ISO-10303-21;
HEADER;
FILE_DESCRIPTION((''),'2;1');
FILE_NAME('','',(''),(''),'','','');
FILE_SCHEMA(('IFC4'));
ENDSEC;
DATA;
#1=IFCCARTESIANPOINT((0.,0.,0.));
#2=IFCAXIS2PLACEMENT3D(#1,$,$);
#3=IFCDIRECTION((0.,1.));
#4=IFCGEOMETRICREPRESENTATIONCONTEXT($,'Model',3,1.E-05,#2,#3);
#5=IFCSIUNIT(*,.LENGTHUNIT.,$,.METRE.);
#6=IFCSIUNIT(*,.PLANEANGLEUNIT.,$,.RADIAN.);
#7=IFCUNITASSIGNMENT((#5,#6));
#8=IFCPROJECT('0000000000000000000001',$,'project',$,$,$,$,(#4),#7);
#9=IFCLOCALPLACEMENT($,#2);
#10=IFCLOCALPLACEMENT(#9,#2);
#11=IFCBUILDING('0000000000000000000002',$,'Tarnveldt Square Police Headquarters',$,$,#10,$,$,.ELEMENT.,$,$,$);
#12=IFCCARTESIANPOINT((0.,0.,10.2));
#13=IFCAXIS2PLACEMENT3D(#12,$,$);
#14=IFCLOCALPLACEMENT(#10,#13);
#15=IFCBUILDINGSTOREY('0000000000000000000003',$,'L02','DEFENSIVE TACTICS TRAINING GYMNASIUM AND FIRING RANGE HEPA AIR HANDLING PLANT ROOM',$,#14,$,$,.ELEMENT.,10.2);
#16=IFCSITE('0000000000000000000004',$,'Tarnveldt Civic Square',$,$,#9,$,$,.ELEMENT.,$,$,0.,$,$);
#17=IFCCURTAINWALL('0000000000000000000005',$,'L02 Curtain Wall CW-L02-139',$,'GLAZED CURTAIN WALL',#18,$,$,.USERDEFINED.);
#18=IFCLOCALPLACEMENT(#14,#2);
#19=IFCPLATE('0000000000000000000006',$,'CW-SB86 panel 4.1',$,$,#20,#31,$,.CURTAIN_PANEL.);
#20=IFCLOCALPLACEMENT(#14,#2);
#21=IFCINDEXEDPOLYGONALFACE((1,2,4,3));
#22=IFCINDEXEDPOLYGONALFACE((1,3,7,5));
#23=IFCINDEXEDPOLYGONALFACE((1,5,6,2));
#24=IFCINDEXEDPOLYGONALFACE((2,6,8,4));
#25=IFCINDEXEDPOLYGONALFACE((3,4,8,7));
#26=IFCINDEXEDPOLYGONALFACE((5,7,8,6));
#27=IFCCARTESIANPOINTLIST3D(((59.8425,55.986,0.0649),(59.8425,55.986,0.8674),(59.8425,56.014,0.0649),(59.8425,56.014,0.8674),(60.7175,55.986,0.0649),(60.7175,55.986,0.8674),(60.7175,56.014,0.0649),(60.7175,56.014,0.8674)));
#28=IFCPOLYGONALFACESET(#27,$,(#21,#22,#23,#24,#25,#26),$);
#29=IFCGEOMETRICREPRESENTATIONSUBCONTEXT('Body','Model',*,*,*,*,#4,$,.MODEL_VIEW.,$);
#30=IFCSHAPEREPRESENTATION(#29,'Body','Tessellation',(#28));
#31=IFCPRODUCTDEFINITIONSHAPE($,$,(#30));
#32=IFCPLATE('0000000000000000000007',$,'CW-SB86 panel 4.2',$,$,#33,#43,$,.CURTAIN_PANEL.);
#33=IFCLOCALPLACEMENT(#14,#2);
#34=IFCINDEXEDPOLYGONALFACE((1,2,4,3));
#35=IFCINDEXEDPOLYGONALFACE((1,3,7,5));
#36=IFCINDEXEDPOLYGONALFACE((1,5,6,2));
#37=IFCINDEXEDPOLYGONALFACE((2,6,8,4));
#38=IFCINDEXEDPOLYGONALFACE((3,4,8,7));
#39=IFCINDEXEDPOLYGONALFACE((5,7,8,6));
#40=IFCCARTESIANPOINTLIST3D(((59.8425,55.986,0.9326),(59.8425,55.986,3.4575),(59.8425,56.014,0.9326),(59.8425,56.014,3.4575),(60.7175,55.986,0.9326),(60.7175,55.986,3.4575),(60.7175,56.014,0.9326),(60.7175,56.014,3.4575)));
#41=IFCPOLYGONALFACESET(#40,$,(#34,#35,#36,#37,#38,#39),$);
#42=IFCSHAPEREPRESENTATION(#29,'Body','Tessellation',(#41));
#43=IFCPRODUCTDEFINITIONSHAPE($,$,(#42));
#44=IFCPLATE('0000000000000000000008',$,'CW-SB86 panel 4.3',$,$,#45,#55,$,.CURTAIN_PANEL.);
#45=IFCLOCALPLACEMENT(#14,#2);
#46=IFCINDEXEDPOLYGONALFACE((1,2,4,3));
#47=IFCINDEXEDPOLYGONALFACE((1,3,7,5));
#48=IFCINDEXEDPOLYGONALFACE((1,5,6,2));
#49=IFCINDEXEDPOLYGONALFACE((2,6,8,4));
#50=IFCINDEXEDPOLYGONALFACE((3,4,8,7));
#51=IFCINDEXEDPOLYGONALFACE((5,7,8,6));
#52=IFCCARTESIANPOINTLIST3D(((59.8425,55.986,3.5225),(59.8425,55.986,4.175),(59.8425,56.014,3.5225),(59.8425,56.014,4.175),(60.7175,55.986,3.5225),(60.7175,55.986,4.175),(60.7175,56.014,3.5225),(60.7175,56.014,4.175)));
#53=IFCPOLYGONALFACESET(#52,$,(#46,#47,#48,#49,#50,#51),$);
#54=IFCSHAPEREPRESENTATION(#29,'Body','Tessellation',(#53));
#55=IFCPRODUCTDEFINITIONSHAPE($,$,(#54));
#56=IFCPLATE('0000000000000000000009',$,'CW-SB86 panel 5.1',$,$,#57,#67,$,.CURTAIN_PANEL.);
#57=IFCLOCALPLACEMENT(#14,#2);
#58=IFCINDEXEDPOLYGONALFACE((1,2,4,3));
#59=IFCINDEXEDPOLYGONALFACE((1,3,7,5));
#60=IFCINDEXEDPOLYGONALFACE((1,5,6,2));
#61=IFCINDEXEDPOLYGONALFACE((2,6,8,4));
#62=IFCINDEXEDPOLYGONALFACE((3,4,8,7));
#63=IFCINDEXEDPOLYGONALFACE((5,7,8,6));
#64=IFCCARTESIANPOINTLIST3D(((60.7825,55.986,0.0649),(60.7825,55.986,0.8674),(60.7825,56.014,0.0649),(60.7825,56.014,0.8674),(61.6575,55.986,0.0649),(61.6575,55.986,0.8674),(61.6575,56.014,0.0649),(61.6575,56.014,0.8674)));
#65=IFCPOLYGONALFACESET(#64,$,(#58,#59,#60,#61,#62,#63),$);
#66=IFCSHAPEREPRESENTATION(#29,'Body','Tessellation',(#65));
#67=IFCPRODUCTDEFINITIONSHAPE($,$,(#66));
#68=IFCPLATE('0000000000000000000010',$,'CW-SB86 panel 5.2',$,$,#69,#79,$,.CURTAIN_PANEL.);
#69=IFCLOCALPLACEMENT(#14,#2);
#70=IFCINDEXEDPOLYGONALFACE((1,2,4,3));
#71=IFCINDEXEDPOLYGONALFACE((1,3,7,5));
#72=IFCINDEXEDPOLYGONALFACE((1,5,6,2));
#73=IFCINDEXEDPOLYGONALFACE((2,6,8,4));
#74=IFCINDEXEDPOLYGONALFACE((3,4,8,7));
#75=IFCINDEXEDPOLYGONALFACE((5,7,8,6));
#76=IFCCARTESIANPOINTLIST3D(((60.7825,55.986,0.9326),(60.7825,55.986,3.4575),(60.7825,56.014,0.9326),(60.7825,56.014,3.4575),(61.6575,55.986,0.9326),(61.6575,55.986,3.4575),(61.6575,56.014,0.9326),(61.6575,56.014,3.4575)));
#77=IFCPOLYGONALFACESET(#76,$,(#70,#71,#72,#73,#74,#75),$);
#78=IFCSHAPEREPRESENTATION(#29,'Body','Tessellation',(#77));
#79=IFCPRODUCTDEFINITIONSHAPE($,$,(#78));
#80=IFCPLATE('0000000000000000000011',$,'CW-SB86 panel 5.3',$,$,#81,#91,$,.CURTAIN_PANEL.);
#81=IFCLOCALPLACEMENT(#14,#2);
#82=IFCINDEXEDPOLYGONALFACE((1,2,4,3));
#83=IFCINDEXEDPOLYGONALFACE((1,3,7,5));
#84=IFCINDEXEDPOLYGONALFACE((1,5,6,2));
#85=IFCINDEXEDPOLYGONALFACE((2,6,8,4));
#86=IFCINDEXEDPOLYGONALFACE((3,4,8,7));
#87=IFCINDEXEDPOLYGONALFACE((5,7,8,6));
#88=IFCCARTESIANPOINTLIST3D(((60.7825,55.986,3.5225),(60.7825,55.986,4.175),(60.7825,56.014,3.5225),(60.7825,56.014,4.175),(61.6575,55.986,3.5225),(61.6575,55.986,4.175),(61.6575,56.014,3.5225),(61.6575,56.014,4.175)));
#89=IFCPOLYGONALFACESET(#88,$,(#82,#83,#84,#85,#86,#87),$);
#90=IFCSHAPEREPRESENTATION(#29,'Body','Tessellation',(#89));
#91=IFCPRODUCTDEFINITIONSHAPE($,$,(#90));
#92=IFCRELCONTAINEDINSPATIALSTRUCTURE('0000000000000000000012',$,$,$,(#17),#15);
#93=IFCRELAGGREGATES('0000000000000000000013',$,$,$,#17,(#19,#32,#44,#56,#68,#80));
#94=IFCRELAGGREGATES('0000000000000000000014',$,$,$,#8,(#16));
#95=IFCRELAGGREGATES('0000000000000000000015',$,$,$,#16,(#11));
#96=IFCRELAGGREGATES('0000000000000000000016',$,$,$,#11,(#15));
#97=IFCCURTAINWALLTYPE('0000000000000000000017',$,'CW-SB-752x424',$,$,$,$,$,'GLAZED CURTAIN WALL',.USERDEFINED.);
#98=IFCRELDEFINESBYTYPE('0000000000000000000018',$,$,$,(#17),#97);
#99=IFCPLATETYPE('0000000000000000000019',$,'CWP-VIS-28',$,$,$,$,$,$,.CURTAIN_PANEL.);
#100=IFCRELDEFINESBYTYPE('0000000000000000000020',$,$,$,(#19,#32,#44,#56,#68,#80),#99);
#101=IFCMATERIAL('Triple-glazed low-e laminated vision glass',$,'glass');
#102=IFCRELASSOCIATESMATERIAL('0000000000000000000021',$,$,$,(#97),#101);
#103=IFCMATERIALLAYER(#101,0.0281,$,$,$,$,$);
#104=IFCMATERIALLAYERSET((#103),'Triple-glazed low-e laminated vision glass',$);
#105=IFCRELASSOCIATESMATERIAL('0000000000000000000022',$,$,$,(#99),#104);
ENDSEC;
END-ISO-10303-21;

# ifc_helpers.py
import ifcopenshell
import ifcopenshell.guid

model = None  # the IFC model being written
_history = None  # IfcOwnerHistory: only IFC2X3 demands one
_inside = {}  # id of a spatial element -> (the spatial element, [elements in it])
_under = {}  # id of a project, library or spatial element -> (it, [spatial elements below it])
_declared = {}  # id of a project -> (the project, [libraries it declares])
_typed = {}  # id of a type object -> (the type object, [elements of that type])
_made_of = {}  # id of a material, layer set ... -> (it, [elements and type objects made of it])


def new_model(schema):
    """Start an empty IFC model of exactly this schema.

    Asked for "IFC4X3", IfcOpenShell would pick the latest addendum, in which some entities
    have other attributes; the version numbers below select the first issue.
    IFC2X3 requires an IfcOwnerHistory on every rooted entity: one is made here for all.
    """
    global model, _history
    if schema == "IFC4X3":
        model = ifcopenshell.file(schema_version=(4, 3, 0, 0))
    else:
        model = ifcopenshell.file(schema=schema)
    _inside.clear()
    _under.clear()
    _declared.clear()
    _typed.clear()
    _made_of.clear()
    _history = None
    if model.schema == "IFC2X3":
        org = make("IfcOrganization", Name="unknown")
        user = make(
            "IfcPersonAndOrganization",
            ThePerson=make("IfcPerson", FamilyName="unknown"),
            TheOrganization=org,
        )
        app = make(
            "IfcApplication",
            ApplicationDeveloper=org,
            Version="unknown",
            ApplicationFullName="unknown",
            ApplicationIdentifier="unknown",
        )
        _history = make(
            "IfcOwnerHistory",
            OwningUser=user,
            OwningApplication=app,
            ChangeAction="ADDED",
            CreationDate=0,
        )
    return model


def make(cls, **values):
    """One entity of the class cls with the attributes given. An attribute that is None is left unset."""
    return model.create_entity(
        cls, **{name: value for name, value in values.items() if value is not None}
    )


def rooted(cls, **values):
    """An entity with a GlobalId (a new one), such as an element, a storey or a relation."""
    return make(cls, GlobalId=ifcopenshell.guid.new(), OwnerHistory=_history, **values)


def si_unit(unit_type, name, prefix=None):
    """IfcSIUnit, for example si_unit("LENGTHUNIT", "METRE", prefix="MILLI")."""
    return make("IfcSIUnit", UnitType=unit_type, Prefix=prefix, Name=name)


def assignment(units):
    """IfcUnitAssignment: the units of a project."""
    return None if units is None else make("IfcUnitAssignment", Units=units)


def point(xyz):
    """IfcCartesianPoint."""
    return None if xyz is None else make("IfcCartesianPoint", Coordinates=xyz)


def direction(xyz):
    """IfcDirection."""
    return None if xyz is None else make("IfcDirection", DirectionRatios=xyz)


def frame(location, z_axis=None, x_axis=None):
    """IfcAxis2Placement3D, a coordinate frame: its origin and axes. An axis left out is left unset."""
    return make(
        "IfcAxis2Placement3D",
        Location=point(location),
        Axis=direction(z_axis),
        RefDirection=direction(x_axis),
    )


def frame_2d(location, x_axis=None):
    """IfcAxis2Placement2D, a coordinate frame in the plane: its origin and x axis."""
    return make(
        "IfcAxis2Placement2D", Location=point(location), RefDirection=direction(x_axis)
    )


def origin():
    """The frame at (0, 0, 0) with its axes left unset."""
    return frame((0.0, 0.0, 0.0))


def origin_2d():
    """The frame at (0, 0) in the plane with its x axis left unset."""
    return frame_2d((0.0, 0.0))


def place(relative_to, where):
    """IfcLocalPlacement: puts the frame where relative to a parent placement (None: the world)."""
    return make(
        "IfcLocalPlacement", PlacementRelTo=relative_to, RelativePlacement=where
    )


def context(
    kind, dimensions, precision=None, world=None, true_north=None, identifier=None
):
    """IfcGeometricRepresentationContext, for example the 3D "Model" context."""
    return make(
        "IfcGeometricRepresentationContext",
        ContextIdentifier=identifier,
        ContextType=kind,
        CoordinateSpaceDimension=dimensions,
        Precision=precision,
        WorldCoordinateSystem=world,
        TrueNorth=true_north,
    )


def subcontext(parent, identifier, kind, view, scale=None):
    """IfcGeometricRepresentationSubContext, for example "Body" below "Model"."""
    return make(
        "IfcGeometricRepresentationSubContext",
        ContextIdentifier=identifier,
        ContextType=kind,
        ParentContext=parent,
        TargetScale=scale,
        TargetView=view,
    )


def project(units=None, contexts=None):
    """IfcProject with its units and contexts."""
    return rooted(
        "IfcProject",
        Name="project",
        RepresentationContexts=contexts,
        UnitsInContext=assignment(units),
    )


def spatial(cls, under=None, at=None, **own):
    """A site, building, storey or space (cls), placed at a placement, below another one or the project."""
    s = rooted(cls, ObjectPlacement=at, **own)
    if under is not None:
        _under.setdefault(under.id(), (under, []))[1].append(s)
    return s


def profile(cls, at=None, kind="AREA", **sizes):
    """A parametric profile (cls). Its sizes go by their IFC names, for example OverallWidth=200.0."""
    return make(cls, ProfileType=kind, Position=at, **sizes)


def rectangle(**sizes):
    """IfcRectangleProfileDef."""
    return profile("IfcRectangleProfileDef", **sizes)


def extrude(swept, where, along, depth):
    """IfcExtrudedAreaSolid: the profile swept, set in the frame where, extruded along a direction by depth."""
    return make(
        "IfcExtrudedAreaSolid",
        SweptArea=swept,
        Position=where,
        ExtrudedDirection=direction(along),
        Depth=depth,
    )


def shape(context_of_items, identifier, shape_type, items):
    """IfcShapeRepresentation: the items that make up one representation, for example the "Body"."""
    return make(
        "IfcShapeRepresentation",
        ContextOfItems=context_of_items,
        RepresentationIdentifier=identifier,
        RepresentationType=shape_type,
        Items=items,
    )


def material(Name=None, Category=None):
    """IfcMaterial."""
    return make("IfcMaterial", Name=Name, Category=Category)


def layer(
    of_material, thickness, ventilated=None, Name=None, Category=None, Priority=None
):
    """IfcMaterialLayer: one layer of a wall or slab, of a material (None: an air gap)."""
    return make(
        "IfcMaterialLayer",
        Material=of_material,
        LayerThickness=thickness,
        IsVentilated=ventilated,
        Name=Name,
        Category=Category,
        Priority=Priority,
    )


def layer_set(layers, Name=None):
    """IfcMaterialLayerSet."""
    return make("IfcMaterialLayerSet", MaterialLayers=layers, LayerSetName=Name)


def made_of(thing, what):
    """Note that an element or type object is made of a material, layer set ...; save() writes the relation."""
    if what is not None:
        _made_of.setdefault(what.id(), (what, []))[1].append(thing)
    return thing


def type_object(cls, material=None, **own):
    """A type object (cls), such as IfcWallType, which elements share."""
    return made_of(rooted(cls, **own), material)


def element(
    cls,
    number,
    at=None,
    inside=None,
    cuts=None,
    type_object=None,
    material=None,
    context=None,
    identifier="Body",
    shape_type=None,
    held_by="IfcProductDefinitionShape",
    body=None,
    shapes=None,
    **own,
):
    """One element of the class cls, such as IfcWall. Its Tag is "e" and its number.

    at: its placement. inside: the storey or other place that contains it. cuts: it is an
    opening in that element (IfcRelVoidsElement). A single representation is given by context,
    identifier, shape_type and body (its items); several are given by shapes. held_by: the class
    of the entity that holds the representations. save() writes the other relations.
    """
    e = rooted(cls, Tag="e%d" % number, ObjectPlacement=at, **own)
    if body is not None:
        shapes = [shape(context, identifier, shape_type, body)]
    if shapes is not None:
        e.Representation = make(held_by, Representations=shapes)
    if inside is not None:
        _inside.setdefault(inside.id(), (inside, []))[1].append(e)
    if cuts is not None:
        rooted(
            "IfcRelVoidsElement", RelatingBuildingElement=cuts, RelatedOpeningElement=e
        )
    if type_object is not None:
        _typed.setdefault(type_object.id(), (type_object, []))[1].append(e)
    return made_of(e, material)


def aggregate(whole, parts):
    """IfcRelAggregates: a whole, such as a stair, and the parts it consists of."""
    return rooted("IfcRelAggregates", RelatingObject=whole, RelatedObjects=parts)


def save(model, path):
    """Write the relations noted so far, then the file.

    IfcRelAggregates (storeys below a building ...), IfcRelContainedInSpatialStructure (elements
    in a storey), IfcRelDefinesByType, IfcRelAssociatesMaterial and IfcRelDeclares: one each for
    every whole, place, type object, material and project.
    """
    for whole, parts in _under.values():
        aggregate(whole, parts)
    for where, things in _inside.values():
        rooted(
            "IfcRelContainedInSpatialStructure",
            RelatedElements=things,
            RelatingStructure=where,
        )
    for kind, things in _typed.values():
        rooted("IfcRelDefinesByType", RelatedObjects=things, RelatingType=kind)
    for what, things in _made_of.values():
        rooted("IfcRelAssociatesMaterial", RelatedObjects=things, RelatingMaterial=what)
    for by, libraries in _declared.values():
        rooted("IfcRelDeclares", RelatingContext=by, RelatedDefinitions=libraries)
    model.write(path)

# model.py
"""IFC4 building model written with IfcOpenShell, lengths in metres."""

from ifc_helpers import new_model, si_unit, direction, frame, origin, origin_2d, place, context, subcontext, project, spatial, rectangle, extrude, material, layer, layer_set, type_object, element, aggregate, save


model = new_model("IFC4")

# Units and contexts
model_context = context("Model", 3, precision=1e-05, world=origin(), true_north=direction((0.0, 1.0)))
body_context = subcontext(model_context, "Body", "Model", "MODEL_VIEW")
ifc_project = project(units=[si_unit("LENGTHUNIT", "METRE"), si_unit("PLANEANGLEUNIT", "RADIAN")], contexts=[model_context])

# Site, building, storey
site_placement = place(None, origin())
site = spatial("IfcSite", under=ifc_project, at=site_placement, Name="Tarnveldt Civic Square", CompositionType="ELEMENT", RefElevation=0.0)
building_placement = place(site_placement, origin())
building = spatial("IfcBuilding", under=site, at=building_placement, Name="Tarnveldt Square Police Headquarters", CompositionType="ELEMENT")
storey_placement = place(building_placement, frame((0.0, 0.0, 10.2)))
storey = spatial("IfcBuildingStorey", under=building, at=storey_placement, Name="L02", Description="DEFENSIVE TACTICS TRAINING GYMNASIUM AND FIRING RANGE HEPA AIR HANDLING PLANT ROOM", CompositionType="ELEMENT", Elevation=10.2)

# Curtain wall, plates
ifc_material_1 = material(Name="Triple-glazed low-e laminated vision glass", Category="glass")
curtain_wall_type = type_object("IfcCurtainWallType", Name="CW-SB-752x424", ElementType="GLAZED CURTAIN WALL", PredefinedType="USERDEFINED", material=ifc_material_1)
curtain_wall_placement = place(storey_placement, origin())
curtain_wall = element("IfcCurtainWall", 1, at=curtain_wall_placement, inside=storey, type_object=curtain_wall_type, Name="L02 Curtain Wall CW-L02-139", ObjectType="GLAZED CURTAIN WALL", PredefinedType="USERDEFINED")
ifc_layer = layer(ifc_material_1, 0.0281)
ifc_layer_set = layer_set([ifc_layer], Name="Triple-glazed low-e laminated vision glass")
plate_type = type_object("IfcPlateType", Name="CWP-VIS-28", PredefinedType="CURTAIN_PANEL", material=ifc_layer_set)
plate_1_placement = place(storey_placement, frame((60.28, 56.0, 0.0649), z_axis=(0.0, 0.0, 1.0), x_axis=(1.0, 0.0, 0.0)))
plate_1 = element("IfcPlate", 2, at=plate_1_placement, type_object=plate_type, Name="CW-SB86 panel 4.1", PredefinedType="CURTAIN_PANEL", context=body_context, shape_type="SweptSolid", body=[
    extrude(rectangle(XDim=0.875, YDim=0.0281, at=origin_2d()), origin(), (0.0, 0.0, 1.0), 0.8025),
])
plate_2_placement = place(storey_placement, frame((60.28, 56.0, 0.9326), z_axis=(0.0, 0.0, 1.0), x_axis=(1.0, 0.0, 0.0)))
plate_2 = element("IfcPlate", 3, at=plate_2_placement, type_object=plate_type, Name="CW-SB86 panel 4.2", PredefinedType="CURTAIN_PANEL", context=body_context, shape_type="SweptSolid", body=[
    extrude(rectangle(XDim=0.875, YDim=0.0281, at=origin_2d()), origin(), (0.0, 0.0, 1.0), 2.5249),
])
plate_3_placement = place(storey_placement, frame((60.28, 56.0, 3.5225), z_axis=(0.0, 0.0, 1.0), x_axis=(1.0, 0.0, 0.0)))
plate_3 = element("IfcPlate", 4, at=plate_3_placement, type_object=plate_type, Name="CW-SB86 panel 4.3", PredefinedType="CURTAIN_PANEL", context=body_context, shape_type="SweptSolid", body=[
    extrude(rectangle(XDim=0.875, YDim=0.0281, at=origin_2d()), origin(), (0.0, 0.0, 1.0), 0.6526),
])
plate_4_placement = place(storey_placement, frame((61.22, 56.0, 0.0649), z_axis=(0.0, 0.0, 1.0), x_axis=(1.0, 0.0, 0.0)))
plate_4 = element("IfcPlate", 5, at=plate_4_placement, type_object=plate_type, Name="CW-SB86 panel 5.1", PredefinedType="CURTAIN_PANEL", context=body_context, shape_type="SweptSolid", body=[
    extrude(rectangle(XDim=0.875, YDim=0.0281, at=origin_2d()), origin(), (0.0, 0.0, 1.0), 0.8025),
])
plate_5_placement = place(storey_placement, frame((61.22, 56.0, 0.9326), z_axis=(0.0, 0.0, 1.0), x_axis=(1.0, 0.0, 0.0)))
plate_5 = element("IfcPlate", 6, at=plate_5_placement, type_object=plate_type, Name="CW-SB86 panel 5.2", PredefinedType="CURTAIN_PANEL", context=body_context, shape_type="SweptSolid", body=[
    extrude(rectangle(XDim=0.875, YDim=0.0281, at=origin_2d()), origin(), (0.0, 0.0, 1.0), 2.5249),
])
plate_6_placement = place(storey_placement, frame((61.22, 56.0, 3.5225), z_axis=(0.0, 0.0, 1.0), x_axis=(1.0, 0.0, 0.0)))
plate_6 = element("IfcPlate", 7, at=plate_6_placement, type_object=plate_type, Name="CW-SB86 panel 5.3", PredefinedType="CURTAIN_PANEL", context=body_context, shape_type="SweptSolid", body=[
    extrude(rectangle(XDim=0.875, YDim=0.0281, at=origin_2d()), origin(), (0.0, 0.0, 1.0), 0.6526),
])
aggregate(curtain_wall, [plate_1, plate_2, plate_3, plate_4, plate_5, plate_6])

save(model, "model.ifc")
